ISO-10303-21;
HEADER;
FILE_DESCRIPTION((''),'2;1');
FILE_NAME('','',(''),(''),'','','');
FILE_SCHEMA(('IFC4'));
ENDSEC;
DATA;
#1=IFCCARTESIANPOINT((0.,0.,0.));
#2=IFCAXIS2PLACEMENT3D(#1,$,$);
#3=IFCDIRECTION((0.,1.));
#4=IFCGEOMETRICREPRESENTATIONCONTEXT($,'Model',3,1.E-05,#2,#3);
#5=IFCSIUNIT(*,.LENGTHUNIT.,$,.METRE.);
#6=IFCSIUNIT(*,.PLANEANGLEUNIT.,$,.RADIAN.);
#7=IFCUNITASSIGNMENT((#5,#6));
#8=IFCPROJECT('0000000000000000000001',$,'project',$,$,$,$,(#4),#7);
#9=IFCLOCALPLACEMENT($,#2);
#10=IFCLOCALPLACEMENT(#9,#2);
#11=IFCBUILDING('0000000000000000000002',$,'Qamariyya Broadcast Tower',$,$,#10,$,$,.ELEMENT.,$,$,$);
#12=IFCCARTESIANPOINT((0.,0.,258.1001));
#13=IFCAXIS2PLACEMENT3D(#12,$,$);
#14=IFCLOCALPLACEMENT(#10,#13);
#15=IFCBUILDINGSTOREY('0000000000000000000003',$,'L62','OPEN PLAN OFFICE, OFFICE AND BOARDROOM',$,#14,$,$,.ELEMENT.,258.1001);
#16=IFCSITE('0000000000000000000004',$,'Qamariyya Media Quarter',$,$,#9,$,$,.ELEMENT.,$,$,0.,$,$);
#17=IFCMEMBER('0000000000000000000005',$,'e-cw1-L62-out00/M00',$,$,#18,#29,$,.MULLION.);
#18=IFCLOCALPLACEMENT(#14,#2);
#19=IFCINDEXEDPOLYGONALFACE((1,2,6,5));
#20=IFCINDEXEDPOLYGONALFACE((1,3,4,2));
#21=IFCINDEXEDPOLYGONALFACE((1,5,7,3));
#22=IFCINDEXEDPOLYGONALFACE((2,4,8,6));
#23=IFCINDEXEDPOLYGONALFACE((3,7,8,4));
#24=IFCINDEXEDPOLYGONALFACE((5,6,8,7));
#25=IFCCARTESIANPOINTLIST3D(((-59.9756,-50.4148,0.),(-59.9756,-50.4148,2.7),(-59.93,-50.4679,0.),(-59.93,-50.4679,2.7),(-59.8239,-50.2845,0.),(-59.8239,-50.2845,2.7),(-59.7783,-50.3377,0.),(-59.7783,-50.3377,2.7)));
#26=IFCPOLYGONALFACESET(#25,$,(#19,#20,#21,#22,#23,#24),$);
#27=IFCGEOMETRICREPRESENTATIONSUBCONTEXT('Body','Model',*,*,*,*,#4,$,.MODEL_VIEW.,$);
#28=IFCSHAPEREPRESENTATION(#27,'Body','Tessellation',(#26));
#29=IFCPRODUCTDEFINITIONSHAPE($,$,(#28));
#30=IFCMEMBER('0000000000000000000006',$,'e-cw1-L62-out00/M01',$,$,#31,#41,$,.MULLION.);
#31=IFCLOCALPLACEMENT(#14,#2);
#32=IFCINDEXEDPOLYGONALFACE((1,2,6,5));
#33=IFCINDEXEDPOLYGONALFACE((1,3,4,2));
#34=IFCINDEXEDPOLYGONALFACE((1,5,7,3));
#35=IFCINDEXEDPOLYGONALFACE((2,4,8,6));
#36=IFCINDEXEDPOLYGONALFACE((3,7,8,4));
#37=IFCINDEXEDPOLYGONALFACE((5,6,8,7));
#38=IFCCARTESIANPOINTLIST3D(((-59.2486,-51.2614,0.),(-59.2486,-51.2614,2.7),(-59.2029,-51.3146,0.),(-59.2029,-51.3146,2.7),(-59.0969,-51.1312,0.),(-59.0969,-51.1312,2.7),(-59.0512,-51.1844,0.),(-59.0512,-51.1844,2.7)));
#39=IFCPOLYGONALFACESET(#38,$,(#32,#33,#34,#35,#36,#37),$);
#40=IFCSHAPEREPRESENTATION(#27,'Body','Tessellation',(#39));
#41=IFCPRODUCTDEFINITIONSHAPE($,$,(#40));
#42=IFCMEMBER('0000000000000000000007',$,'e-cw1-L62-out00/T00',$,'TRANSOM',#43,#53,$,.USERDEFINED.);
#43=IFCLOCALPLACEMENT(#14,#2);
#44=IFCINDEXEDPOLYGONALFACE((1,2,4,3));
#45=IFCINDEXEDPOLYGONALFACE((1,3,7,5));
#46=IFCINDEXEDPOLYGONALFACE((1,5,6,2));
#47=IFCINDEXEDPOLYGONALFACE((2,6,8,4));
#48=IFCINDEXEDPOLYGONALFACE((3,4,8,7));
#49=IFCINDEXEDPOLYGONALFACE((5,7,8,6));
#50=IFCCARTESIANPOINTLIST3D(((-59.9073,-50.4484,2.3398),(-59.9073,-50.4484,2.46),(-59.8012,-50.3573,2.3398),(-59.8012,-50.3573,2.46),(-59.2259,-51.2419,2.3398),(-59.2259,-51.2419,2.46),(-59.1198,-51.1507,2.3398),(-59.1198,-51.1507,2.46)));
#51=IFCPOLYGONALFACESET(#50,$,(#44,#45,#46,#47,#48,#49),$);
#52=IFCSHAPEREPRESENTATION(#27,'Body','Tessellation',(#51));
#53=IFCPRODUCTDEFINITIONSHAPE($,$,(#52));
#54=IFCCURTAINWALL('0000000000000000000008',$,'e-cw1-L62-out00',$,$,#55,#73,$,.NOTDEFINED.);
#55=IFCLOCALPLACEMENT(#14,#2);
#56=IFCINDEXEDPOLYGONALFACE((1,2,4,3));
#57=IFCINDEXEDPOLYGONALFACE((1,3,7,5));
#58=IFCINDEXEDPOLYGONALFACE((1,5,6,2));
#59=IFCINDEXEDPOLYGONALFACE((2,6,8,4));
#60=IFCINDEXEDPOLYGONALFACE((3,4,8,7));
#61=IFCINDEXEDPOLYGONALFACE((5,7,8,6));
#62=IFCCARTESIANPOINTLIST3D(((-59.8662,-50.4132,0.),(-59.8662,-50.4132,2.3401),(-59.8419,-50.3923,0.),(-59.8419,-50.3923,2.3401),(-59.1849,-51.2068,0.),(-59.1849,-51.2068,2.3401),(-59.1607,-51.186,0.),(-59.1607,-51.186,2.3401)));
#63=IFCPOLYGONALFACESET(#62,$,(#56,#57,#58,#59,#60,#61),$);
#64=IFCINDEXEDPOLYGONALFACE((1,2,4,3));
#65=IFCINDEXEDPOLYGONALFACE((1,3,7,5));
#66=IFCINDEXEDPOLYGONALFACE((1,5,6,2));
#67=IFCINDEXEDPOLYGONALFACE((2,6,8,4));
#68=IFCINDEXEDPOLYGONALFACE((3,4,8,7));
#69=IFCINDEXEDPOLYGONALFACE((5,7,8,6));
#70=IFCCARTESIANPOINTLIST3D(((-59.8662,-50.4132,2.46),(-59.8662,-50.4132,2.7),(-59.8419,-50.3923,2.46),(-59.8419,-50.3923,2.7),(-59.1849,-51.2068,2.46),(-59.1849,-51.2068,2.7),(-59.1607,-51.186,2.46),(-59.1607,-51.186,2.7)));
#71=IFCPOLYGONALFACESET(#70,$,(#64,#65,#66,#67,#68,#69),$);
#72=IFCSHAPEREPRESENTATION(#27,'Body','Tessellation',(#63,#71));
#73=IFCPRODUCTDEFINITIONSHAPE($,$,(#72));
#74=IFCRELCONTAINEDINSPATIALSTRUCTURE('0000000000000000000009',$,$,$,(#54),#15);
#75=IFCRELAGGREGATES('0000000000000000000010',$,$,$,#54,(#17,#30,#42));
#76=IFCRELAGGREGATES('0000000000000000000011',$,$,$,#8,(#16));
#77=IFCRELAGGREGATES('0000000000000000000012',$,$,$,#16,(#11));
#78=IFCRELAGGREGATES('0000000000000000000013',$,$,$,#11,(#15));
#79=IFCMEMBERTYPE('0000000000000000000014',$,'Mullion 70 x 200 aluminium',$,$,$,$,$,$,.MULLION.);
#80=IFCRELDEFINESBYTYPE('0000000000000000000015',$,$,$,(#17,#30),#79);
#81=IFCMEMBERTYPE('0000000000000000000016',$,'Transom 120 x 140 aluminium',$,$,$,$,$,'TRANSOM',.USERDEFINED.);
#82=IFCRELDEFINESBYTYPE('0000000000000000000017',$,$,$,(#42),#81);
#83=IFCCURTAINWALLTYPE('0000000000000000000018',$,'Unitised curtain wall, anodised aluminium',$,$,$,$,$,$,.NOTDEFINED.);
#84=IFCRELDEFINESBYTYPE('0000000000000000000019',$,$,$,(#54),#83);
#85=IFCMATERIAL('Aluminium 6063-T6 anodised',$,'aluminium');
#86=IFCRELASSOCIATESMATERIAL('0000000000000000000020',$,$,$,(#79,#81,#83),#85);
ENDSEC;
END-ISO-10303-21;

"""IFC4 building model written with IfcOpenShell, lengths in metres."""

from ifc_helpers import new_model, si_unit, direction, frame, origin, origin_2d, place, context, subcontext, project, spatial, rectangle, extrude, material, material_profile, profile_set, type_object, element, aggregate, save


model = new_model("IFC4")

# Units and contexts
model_context = context("Model", 3, precision=1e-05, world=origin(), true_north=direction((0.0, 1.0)))
body_context = subcontext(model_context, "Body", "Model", "MODEL_VIEW")
ifc_project = project(units=[si_unit("LENGTHUNIT", "METRE"), si_unit("PLANEANGLEUNIT", "RADIAN")], contexts=[model_context])

# Members
ifc_material_1 = material(Name="Aluminium 6063-T6 anodised", Category="aluminium")
ifc_material_profile_1 = material_profile(ifc_material_1, rectangle(XDim=0.2, YDim=0.0701, at=origin_2d()))
ifc_profile_set_1 = profile_set([ifc_material_profile_1], Name="Aluminium 6063-T6 anodised")
member_type_1 = type_object("IfcMemberType", Name="Mullion 70 x 200 aluminium", PredefinedType="MULLION", material=ifc_profile_set_1)
site_placement = place(None, origin())
building_placement = place(site_placement, origin())
storey_placement = place(building_placement, frame((0.0, 0.0, 258.1001)))
member_1_placement = place(storey_placement, frame((-59.877, -50.3762, 0.0), z_axis=(0.0, 0.0, 1.0), x_axis=(0.758703, 0.651437, 0.0)))
member_1 = element("IfcMember", 1, at=member_1_placement, type_object=member_type_1, Name="e-cw1-L62-out00/M00", PredefinedType="MULLION", context=body_context, shape_type="SweptSolid", body=[
    extrude(rectangle(XDim=0.2, YDim=0.0701, at=origin_2d()), origin(), (0.0, 0.0, 1.0), 2.7),
])
member_2_placement = place(storey_placement, frame((-59.1499, -51.2229, 0.0), z_axis=(0.0, 0.0, 1.0), x_axis=(0.758703, 0.651437, 0.0)))
member_2 = element("IfcMember", 2, at=member_2_placement, type_object=member_type_1, Name="e-cw1-L62-out00/M01", PredefinedType="MULLION", context=body_context, shape_type="SweptSolid", body=[
    extrude(rectangle(XDim=0.2, YDim=0.0701, at=origin_2d()), origin(), (0.0, 0.0, 1.0), 2.7),
])
ifc_material_profile_2 = material_profile(ifc_material_1, rectangle(XDim=0.1399, YDim=0.1201, at=origin_2d()))
ifc_profile_set_2 = profile_set([ifc_material_profile_2], Name="Aluminium 6063-T6 anodised")
member_type_2 = type_object("IfcMemberType", Name="Transom 120 x 140 aluminium", ElementType="TRANSOM", PredefinedType="USERDEFINED", material=ifc_profile_set_2)
member_3_placement = place(storey_placement, frame((-59.8542, -50.4028, 2.3999), z_axis=(0.651502, -0.758647, 0.0), x_axis=(0.758647, 0.651502, 0.0)))
member_3 = element("IfcMember", 3, at=member_3_placement, type_object=member_type_2, Name="e-cw1-L62-out00/T00", ObjectType="TRANSOM", PredefinedType="USERDEFINED", context=body_context, shape_type="SweptSolid", body=[
    extrude(rectangle(XDim=0.1399, YDim=0.1201, at=origin_2d()), origin(), (0.0, 0.0, 1.0), 1.0459),
])

# Site, building, storey
site = spatial("IfcSite", under=ifc_project, at=site_placement, Name="Qamariyya Media Quarter", CompositionType="ELEMENT", RefElevation=0.0)
building = spatial("IfcBuilding", under=site, at=building_placement, Name="Qamariyya Broadcast Tower", CompositionType="ELEMENT")
storey = spatial("IfcBuildingStorey", under=building, at=storey_placement, Name="L62", Description="OPEN PLAN OFFICE, OFFICE AND BOARDROOM", CompositionType="ELEMENT", Elevation=258.1001)

# Curtain wall
curtain_wall_type = type_object("IfcCurtainWallType", Name="Unitised curtain wall, anodised aluminium", PredefinedType="NOTDEFINED", material=ifc_material_1)
curtain_wall_1_placement = place(storey_placement, origin())
curtain_wall_1 = element("IfcCurtainWall", 4, at=curtain_wall_1_placement, inside=storey, type_object=curtain_wall_type, Name="e-cw1-L62-out00", PredefinedType="NOTDEFINED", context=body_context, shape_type="SweptSolid", body=[
    extrude(rectangle(XDim=1.0459, YDim=0.032, at=origin_2d()), frame((-59.5134, -50.7996, 0.0), x_axis=(0.651334, -0.758791, 0.0)), (0.0, 0.0, 1.0), 2.3401),
    extrude(rectangle(XDim=1.0459, YDim=0.032, at=origin_2d()), frame((-59.5134, -50.7996, 2.46), x_axis=(0.651334, -0.758791, 0.0)), (0.0, 0.0, 1.0), 0.24),
])
aggregate(curtain_wall_1, [member_1, member_2, member_3])

save(model, "model.ifc")
